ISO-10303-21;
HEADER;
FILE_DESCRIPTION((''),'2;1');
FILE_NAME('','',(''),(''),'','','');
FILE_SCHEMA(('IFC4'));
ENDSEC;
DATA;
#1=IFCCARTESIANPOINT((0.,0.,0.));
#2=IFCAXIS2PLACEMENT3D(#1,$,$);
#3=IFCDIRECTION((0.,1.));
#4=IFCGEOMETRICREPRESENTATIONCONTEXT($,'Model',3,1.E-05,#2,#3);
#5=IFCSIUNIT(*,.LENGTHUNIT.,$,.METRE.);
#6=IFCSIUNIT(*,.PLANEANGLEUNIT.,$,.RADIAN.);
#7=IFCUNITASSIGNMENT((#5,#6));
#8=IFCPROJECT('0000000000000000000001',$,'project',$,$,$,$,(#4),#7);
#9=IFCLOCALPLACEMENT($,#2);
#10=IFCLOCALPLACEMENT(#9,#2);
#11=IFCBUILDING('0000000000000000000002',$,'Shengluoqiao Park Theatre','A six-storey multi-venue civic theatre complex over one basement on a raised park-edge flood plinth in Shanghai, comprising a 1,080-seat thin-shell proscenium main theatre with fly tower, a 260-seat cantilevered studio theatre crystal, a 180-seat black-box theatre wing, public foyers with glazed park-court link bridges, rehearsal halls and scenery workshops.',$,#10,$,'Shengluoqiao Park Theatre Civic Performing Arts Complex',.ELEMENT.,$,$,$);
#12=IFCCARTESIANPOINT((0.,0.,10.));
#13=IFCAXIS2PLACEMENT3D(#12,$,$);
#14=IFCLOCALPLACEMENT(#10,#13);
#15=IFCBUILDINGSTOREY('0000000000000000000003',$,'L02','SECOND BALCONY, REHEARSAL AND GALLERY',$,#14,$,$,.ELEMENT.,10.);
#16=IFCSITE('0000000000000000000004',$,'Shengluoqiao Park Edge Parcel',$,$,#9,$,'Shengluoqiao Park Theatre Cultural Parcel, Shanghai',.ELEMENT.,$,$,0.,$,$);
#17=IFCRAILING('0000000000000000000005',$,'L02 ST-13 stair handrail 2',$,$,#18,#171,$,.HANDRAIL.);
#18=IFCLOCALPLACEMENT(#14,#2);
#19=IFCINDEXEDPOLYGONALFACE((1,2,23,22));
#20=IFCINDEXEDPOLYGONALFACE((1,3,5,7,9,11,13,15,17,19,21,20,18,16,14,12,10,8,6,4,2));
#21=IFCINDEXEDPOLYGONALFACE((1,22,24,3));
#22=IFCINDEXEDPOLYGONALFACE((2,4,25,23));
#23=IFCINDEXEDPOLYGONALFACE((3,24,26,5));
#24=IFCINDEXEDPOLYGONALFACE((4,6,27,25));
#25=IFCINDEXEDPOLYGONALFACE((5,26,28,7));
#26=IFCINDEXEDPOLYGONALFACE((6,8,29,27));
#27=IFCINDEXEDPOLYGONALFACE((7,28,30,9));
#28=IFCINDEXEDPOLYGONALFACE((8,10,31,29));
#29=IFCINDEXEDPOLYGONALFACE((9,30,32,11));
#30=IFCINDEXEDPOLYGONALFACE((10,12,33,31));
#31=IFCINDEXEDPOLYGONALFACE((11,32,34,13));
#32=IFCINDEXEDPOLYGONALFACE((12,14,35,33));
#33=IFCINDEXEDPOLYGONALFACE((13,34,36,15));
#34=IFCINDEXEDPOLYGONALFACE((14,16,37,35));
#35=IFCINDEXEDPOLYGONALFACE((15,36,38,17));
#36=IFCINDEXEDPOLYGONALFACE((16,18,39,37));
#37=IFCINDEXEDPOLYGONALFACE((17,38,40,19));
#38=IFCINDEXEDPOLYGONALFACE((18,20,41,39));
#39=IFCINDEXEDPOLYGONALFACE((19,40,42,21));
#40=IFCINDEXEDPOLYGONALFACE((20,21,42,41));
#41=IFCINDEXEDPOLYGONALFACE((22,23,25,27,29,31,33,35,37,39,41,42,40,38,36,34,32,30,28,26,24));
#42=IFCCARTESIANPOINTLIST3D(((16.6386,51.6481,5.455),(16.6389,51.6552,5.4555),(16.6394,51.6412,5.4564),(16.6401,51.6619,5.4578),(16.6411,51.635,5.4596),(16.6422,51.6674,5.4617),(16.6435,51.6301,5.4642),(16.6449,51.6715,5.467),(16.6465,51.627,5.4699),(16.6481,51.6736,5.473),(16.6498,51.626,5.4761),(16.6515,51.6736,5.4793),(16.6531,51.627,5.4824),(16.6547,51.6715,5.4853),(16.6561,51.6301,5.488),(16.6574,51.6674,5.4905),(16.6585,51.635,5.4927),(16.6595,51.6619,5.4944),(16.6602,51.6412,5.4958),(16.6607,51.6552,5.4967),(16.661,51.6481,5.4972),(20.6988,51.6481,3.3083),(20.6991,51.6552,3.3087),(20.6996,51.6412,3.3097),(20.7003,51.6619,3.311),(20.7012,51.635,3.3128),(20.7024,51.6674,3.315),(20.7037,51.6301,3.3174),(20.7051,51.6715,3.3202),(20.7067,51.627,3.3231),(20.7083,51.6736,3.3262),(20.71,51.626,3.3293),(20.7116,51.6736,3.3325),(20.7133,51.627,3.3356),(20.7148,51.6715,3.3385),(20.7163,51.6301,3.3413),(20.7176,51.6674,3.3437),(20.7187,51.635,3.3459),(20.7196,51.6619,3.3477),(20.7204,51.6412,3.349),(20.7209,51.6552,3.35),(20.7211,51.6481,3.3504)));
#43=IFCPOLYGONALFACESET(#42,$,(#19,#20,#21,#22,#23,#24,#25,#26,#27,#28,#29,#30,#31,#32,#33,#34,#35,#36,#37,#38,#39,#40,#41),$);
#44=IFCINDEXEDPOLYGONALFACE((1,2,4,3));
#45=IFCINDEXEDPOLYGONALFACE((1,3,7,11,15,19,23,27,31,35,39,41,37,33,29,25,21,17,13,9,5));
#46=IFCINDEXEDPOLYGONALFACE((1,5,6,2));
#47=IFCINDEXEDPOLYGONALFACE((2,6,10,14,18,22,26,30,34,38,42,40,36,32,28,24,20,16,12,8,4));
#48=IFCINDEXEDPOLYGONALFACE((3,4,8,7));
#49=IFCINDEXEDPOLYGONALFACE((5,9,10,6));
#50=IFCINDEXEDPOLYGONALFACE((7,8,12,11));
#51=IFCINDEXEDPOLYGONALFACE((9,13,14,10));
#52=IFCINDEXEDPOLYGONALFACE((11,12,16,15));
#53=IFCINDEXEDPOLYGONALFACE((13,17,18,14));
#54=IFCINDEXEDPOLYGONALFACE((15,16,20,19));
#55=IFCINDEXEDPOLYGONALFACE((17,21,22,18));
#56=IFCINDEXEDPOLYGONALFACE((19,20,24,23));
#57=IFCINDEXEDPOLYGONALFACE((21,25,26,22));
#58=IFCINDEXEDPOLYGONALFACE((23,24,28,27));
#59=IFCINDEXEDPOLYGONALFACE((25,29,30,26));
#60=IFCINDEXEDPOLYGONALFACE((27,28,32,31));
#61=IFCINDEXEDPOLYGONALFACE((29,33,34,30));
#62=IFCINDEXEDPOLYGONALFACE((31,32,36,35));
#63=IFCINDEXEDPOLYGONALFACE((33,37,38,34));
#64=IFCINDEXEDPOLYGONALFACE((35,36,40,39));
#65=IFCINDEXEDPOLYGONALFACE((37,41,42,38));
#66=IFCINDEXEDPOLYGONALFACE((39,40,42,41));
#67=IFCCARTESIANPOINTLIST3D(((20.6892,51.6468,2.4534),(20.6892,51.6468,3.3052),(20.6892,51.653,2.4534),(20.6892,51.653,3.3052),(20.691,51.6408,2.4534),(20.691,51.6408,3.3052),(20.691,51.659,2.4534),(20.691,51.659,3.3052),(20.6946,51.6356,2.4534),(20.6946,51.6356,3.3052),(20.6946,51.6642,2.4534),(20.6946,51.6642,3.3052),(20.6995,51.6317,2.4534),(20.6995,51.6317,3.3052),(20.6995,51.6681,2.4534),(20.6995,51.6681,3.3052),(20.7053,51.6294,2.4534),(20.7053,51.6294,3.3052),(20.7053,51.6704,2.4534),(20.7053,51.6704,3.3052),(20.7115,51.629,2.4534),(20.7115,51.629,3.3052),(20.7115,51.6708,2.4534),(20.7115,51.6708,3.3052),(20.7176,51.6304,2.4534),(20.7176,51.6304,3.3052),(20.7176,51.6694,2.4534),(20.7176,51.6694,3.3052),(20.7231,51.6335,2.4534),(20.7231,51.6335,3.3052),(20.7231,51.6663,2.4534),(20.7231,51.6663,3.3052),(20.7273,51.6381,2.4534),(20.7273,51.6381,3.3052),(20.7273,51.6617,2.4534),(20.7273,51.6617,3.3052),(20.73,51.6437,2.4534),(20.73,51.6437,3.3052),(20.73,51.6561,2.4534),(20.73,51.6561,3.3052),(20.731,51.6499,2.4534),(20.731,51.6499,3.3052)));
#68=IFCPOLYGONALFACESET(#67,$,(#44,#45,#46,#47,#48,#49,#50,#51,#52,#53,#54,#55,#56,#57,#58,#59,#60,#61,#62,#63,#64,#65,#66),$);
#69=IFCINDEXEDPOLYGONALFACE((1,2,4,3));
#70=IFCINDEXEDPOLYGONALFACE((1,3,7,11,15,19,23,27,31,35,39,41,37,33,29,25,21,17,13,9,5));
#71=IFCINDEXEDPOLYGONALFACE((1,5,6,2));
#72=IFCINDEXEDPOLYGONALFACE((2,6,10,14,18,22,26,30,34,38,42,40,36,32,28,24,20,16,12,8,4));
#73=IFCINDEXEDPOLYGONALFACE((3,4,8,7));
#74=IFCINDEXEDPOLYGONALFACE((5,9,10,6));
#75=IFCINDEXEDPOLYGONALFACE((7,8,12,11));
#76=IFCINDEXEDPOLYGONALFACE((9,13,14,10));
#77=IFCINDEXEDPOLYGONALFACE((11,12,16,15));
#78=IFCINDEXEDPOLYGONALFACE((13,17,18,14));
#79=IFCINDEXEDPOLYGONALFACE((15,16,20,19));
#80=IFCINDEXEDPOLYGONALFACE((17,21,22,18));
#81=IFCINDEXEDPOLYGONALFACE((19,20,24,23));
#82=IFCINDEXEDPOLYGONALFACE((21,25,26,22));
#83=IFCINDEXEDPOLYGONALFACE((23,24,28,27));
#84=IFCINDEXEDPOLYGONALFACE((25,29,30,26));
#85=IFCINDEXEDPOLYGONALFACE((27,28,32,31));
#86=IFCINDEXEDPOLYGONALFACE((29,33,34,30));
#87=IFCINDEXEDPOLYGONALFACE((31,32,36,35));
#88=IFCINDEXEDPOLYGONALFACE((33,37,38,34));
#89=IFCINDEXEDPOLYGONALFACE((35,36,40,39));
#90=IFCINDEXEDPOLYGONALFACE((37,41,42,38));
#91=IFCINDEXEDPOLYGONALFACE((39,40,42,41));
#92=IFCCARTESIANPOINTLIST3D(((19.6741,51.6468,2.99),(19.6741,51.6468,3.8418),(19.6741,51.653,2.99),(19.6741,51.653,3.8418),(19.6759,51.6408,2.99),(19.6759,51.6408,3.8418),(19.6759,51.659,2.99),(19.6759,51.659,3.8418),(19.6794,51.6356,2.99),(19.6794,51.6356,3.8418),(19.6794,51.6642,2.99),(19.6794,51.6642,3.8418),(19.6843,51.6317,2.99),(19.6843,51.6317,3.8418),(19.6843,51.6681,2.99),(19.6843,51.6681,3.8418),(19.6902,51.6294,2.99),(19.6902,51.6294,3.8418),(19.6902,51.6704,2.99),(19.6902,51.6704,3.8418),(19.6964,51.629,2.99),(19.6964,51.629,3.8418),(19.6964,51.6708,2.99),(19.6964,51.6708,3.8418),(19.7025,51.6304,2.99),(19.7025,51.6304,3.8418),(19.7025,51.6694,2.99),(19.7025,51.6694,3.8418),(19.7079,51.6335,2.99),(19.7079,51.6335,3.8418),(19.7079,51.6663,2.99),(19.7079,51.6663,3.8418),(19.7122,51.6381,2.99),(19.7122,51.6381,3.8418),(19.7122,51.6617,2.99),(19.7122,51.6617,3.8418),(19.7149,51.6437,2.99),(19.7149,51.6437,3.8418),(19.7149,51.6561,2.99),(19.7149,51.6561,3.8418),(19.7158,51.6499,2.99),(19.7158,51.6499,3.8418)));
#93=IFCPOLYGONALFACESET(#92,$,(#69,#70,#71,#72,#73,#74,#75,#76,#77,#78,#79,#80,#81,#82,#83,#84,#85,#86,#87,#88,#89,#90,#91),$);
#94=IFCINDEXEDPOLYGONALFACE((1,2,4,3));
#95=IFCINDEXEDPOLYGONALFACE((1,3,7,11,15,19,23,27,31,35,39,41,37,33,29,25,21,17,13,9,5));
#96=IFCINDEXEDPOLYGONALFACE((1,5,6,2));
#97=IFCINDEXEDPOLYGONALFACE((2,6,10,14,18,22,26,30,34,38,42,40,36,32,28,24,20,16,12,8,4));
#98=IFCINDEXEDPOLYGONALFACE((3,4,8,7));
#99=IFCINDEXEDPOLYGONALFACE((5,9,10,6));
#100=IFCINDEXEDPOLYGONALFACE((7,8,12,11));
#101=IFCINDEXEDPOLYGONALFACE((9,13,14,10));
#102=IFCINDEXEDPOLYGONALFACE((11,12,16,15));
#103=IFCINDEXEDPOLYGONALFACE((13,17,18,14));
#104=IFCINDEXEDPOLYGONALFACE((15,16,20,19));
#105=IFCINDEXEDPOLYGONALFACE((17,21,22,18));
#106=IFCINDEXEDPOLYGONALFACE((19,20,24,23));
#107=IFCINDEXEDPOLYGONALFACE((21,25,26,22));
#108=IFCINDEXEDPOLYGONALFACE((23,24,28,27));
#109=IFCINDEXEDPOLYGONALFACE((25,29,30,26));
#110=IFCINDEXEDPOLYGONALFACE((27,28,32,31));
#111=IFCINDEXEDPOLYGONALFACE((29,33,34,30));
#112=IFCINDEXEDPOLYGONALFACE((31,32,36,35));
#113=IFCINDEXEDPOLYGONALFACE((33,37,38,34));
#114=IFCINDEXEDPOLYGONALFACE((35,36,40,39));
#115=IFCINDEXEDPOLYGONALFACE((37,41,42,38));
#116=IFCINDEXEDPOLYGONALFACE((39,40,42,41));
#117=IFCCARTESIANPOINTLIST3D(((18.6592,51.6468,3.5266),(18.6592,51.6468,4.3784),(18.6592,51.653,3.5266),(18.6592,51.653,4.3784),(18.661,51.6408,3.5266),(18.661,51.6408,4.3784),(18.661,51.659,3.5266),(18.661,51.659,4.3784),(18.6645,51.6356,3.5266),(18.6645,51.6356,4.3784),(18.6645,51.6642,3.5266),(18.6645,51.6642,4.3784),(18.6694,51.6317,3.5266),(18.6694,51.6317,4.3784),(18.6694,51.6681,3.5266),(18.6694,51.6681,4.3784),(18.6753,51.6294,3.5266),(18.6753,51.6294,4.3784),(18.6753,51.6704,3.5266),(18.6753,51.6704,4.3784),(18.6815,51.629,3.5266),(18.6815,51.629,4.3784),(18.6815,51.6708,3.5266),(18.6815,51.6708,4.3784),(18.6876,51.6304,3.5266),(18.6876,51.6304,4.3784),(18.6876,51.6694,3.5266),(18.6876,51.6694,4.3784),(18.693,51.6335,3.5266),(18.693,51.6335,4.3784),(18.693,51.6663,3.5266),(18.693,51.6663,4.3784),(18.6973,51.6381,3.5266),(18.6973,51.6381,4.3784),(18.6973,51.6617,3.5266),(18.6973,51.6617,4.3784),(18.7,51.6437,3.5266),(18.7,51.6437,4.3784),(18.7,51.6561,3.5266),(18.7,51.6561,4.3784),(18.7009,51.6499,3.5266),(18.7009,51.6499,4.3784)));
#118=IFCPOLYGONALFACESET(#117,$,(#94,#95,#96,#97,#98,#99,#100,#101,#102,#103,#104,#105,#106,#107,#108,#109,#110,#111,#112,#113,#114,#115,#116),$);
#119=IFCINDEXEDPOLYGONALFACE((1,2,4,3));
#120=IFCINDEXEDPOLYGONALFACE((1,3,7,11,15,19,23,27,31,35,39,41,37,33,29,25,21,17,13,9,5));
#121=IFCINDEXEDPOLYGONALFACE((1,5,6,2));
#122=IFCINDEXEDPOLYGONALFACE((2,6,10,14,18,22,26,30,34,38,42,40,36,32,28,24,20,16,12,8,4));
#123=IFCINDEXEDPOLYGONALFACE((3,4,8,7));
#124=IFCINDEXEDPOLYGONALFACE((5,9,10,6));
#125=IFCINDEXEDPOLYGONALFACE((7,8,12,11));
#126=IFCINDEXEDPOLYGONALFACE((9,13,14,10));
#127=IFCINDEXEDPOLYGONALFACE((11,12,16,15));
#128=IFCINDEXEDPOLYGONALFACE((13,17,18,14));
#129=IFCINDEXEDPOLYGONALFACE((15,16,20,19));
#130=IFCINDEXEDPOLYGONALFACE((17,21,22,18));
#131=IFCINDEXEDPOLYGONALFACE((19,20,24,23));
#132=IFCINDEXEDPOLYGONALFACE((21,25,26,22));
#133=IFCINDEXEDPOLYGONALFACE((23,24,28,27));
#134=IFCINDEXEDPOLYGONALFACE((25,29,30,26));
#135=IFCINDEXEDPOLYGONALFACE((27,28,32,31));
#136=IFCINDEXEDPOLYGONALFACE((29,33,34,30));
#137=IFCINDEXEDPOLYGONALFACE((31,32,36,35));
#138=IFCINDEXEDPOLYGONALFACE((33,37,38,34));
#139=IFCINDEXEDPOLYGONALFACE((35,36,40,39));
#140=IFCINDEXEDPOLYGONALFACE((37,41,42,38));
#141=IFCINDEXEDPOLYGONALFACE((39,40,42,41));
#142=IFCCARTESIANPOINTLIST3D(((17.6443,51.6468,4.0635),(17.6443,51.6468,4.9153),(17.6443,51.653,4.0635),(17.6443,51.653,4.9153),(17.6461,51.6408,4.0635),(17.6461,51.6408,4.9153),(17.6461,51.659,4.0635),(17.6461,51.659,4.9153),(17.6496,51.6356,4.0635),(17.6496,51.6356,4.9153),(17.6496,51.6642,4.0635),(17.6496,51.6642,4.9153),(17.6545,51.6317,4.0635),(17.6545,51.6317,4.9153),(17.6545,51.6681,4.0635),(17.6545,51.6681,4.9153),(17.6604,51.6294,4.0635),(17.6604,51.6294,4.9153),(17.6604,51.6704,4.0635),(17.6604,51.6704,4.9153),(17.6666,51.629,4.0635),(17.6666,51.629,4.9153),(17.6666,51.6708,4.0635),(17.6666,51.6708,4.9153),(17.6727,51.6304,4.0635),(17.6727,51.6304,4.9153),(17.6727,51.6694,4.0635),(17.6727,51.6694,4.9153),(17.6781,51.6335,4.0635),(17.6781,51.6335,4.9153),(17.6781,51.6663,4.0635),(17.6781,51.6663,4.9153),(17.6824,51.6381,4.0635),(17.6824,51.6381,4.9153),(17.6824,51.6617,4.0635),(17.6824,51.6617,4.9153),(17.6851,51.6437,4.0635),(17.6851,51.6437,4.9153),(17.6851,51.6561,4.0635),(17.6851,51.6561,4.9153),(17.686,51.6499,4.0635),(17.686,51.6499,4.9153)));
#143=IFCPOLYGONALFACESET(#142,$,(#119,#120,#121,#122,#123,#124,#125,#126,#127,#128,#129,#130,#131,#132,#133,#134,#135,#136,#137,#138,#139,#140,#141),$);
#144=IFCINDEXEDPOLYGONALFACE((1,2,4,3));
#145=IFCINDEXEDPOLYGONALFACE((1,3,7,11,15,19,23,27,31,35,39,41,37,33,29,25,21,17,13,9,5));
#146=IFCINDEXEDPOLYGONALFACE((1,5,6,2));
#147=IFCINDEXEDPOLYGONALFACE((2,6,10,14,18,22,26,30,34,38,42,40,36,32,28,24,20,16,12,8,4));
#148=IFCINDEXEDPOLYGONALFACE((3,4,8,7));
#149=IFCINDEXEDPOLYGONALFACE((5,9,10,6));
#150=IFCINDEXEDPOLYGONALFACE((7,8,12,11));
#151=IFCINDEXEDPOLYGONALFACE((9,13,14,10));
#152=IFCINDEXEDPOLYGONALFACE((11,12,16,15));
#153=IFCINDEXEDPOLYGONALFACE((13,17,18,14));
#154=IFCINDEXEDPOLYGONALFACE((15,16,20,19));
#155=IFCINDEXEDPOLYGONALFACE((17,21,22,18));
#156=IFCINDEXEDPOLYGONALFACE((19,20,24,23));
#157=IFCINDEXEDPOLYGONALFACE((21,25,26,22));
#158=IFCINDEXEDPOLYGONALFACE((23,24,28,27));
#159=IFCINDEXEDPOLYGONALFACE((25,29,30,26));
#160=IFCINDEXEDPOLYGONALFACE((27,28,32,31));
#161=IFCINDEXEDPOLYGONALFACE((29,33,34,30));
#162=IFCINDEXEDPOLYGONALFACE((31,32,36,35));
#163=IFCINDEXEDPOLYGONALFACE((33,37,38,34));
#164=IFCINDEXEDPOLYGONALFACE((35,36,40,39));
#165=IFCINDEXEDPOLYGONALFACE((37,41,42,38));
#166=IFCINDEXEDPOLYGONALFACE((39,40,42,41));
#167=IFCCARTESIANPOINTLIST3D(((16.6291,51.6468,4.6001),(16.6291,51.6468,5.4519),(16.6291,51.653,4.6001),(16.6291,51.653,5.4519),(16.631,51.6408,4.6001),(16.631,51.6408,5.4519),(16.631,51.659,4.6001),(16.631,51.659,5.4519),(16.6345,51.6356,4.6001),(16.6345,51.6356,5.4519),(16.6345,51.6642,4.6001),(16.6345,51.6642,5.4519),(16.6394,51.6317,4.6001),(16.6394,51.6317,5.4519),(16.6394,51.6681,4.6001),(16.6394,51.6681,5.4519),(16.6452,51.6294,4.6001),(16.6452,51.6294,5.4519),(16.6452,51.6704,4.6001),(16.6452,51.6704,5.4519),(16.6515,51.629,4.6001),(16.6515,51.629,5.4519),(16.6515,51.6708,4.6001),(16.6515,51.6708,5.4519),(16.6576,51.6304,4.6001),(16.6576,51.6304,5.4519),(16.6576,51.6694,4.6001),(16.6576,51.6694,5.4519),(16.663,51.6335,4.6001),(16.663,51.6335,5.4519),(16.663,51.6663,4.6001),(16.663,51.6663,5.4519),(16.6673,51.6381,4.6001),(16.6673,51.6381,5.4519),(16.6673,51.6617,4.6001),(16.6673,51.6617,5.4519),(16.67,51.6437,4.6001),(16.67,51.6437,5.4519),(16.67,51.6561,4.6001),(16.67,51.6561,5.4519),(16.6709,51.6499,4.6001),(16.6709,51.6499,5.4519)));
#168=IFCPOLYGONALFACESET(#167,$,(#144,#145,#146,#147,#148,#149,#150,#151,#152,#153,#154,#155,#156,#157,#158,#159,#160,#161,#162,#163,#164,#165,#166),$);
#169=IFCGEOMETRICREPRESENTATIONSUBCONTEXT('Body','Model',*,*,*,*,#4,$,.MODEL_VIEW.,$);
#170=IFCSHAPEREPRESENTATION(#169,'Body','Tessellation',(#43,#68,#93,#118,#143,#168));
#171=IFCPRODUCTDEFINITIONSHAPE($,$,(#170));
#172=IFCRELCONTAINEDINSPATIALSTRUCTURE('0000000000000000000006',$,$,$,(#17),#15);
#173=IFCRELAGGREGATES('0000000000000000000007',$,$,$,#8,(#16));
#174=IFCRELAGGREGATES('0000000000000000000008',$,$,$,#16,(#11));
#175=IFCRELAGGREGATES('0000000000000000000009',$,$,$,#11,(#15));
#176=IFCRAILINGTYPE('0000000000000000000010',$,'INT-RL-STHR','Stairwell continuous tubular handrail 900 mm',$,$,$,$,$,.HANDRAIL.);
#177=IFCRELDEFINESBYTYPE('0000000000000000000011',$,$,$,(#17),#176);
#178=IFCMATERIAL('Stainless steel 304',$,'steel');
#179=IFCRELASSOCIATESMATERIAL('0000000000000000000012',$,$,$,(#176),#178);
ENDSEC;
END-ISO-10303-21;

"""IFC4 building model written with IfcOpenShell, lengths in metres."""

from ifc_helpers import new_model, si_unit, direction, frame, origin, origin_2d, place, context, subcontext, project, spatial, circle, extrude, material, type_object, element, save


model = new_model("IFC4")

# Units and contexts
model_context = context("Model", 3, precision=1e-05, world=origin(), true_north=direction((0.0, 1.0)))
body_context = subcontext(model_context, "Body", "Model", "MODEL_VIEW")
ifc_project = project(units=[si_unit("LENGTHUNIT", "METRE"), si_unit("PLANEANGLEUNIT", "RADIAN")], contexts=[model_context])

# Site, building, storey
site_placement = place(None, origin())
site = spatial("IfcSite", under=ifc_project, at=site_placement, Name="Shengluoqiao Park Edge Parcel", LongName="Shengluoqiao Park Theatre Cultural Parcel, Shanghai", CompositionType="ELEMENT", RefElevation=0.0)
building_placement = place(site_placement, origin())
building = spatial("IfcBuilding", under=site, at=building_placement, Name="Shengluoqiao Park Theatre", Description="A six-storey multi-venue civic theatre complex over one basement on a raised park-edge flood plinth in Shanghai, comprising a 1,080-seat thin-shell proscenium main theatre with fly tower, a 260-seat cantilevered studio theatre crystal, a 180-seat black-box theatre wing, public foyers with glazed park-court link bridges, rehearsal halls and scenery workshops.", LongName="Shengluoqiao Park Theatre Civic Performing Arts Complex", CompositionType="ELEMENT")
storey_placement = place(building_placement, frame((0.0, 0.0, 10.0)))
storey = spatial("IfcBuildingStorey", under=building, at=storey_placement, Name="L02", Description="SECOND BALCONY, REHEARSAL AND GALLERY", CompositionType="ELEMENT", Elevation=10.0)

# Railing
ifc_material_1 = material(Name="Stainless steel 304", Category="steel")
railing_type_1 = type_object("IfcRailingType", Name="INT-RL-STHR", Description="Stairwell continuous tubular handrail 900 mm", PredefinedType="HANDRAIL", material=ifc_material_1)
railing_1_placement = place(storey_placement, frame((20.71, 51.6499, 2.4534)))
element("IfcRailing", 1, at=railing_1_placement, inside=storey, type_object=railing_type_1, Name="L02 ST-13 stair handrail 2", PredefinedType="HANDRAIL", context=body_context, shape_type="SweptSolid", body=[
    extrude(circle(Radius=0.0239, at=origin_2d()), frame((0.0, 0.0, 0.876), z_axis=(-0.884032, 0.0, 0.467426), x_axis=(0.0, -1.0, 0.0)), (0.0, 0.0, 1.0), 4.5928),
    extrude(circle(Radius=0.021, at=origin_2d()), origin(), (0.0, 0.0, 1.0), 0.8518),
    extrude(circle(Radius=0.021, at=origin_2d()), frame((-1.0151, 0.0, 0.5366)), (0.0, 0.0, 1.0), 0.8518),
    extrude(circle(Radius=0.021, at=origin_2d()), frame((-2.03, 0.0, 1.0732)), (0.0, 0.0, 1.0), 0.8518),
    extrude(circle(Radius=0.021, at=origin_2d()), frame((-3.0449, 0.0, 1.6101)), (0.0, 0.0, 1.0), 0.8518),
    extrude(circle(Radius=0.021, at=origin_2d()), frame((-4.0601, 0.0, 2.1467)), (0.0, 0.0, 1.0), 0.8518),
])

save(model, "model.ifc")
